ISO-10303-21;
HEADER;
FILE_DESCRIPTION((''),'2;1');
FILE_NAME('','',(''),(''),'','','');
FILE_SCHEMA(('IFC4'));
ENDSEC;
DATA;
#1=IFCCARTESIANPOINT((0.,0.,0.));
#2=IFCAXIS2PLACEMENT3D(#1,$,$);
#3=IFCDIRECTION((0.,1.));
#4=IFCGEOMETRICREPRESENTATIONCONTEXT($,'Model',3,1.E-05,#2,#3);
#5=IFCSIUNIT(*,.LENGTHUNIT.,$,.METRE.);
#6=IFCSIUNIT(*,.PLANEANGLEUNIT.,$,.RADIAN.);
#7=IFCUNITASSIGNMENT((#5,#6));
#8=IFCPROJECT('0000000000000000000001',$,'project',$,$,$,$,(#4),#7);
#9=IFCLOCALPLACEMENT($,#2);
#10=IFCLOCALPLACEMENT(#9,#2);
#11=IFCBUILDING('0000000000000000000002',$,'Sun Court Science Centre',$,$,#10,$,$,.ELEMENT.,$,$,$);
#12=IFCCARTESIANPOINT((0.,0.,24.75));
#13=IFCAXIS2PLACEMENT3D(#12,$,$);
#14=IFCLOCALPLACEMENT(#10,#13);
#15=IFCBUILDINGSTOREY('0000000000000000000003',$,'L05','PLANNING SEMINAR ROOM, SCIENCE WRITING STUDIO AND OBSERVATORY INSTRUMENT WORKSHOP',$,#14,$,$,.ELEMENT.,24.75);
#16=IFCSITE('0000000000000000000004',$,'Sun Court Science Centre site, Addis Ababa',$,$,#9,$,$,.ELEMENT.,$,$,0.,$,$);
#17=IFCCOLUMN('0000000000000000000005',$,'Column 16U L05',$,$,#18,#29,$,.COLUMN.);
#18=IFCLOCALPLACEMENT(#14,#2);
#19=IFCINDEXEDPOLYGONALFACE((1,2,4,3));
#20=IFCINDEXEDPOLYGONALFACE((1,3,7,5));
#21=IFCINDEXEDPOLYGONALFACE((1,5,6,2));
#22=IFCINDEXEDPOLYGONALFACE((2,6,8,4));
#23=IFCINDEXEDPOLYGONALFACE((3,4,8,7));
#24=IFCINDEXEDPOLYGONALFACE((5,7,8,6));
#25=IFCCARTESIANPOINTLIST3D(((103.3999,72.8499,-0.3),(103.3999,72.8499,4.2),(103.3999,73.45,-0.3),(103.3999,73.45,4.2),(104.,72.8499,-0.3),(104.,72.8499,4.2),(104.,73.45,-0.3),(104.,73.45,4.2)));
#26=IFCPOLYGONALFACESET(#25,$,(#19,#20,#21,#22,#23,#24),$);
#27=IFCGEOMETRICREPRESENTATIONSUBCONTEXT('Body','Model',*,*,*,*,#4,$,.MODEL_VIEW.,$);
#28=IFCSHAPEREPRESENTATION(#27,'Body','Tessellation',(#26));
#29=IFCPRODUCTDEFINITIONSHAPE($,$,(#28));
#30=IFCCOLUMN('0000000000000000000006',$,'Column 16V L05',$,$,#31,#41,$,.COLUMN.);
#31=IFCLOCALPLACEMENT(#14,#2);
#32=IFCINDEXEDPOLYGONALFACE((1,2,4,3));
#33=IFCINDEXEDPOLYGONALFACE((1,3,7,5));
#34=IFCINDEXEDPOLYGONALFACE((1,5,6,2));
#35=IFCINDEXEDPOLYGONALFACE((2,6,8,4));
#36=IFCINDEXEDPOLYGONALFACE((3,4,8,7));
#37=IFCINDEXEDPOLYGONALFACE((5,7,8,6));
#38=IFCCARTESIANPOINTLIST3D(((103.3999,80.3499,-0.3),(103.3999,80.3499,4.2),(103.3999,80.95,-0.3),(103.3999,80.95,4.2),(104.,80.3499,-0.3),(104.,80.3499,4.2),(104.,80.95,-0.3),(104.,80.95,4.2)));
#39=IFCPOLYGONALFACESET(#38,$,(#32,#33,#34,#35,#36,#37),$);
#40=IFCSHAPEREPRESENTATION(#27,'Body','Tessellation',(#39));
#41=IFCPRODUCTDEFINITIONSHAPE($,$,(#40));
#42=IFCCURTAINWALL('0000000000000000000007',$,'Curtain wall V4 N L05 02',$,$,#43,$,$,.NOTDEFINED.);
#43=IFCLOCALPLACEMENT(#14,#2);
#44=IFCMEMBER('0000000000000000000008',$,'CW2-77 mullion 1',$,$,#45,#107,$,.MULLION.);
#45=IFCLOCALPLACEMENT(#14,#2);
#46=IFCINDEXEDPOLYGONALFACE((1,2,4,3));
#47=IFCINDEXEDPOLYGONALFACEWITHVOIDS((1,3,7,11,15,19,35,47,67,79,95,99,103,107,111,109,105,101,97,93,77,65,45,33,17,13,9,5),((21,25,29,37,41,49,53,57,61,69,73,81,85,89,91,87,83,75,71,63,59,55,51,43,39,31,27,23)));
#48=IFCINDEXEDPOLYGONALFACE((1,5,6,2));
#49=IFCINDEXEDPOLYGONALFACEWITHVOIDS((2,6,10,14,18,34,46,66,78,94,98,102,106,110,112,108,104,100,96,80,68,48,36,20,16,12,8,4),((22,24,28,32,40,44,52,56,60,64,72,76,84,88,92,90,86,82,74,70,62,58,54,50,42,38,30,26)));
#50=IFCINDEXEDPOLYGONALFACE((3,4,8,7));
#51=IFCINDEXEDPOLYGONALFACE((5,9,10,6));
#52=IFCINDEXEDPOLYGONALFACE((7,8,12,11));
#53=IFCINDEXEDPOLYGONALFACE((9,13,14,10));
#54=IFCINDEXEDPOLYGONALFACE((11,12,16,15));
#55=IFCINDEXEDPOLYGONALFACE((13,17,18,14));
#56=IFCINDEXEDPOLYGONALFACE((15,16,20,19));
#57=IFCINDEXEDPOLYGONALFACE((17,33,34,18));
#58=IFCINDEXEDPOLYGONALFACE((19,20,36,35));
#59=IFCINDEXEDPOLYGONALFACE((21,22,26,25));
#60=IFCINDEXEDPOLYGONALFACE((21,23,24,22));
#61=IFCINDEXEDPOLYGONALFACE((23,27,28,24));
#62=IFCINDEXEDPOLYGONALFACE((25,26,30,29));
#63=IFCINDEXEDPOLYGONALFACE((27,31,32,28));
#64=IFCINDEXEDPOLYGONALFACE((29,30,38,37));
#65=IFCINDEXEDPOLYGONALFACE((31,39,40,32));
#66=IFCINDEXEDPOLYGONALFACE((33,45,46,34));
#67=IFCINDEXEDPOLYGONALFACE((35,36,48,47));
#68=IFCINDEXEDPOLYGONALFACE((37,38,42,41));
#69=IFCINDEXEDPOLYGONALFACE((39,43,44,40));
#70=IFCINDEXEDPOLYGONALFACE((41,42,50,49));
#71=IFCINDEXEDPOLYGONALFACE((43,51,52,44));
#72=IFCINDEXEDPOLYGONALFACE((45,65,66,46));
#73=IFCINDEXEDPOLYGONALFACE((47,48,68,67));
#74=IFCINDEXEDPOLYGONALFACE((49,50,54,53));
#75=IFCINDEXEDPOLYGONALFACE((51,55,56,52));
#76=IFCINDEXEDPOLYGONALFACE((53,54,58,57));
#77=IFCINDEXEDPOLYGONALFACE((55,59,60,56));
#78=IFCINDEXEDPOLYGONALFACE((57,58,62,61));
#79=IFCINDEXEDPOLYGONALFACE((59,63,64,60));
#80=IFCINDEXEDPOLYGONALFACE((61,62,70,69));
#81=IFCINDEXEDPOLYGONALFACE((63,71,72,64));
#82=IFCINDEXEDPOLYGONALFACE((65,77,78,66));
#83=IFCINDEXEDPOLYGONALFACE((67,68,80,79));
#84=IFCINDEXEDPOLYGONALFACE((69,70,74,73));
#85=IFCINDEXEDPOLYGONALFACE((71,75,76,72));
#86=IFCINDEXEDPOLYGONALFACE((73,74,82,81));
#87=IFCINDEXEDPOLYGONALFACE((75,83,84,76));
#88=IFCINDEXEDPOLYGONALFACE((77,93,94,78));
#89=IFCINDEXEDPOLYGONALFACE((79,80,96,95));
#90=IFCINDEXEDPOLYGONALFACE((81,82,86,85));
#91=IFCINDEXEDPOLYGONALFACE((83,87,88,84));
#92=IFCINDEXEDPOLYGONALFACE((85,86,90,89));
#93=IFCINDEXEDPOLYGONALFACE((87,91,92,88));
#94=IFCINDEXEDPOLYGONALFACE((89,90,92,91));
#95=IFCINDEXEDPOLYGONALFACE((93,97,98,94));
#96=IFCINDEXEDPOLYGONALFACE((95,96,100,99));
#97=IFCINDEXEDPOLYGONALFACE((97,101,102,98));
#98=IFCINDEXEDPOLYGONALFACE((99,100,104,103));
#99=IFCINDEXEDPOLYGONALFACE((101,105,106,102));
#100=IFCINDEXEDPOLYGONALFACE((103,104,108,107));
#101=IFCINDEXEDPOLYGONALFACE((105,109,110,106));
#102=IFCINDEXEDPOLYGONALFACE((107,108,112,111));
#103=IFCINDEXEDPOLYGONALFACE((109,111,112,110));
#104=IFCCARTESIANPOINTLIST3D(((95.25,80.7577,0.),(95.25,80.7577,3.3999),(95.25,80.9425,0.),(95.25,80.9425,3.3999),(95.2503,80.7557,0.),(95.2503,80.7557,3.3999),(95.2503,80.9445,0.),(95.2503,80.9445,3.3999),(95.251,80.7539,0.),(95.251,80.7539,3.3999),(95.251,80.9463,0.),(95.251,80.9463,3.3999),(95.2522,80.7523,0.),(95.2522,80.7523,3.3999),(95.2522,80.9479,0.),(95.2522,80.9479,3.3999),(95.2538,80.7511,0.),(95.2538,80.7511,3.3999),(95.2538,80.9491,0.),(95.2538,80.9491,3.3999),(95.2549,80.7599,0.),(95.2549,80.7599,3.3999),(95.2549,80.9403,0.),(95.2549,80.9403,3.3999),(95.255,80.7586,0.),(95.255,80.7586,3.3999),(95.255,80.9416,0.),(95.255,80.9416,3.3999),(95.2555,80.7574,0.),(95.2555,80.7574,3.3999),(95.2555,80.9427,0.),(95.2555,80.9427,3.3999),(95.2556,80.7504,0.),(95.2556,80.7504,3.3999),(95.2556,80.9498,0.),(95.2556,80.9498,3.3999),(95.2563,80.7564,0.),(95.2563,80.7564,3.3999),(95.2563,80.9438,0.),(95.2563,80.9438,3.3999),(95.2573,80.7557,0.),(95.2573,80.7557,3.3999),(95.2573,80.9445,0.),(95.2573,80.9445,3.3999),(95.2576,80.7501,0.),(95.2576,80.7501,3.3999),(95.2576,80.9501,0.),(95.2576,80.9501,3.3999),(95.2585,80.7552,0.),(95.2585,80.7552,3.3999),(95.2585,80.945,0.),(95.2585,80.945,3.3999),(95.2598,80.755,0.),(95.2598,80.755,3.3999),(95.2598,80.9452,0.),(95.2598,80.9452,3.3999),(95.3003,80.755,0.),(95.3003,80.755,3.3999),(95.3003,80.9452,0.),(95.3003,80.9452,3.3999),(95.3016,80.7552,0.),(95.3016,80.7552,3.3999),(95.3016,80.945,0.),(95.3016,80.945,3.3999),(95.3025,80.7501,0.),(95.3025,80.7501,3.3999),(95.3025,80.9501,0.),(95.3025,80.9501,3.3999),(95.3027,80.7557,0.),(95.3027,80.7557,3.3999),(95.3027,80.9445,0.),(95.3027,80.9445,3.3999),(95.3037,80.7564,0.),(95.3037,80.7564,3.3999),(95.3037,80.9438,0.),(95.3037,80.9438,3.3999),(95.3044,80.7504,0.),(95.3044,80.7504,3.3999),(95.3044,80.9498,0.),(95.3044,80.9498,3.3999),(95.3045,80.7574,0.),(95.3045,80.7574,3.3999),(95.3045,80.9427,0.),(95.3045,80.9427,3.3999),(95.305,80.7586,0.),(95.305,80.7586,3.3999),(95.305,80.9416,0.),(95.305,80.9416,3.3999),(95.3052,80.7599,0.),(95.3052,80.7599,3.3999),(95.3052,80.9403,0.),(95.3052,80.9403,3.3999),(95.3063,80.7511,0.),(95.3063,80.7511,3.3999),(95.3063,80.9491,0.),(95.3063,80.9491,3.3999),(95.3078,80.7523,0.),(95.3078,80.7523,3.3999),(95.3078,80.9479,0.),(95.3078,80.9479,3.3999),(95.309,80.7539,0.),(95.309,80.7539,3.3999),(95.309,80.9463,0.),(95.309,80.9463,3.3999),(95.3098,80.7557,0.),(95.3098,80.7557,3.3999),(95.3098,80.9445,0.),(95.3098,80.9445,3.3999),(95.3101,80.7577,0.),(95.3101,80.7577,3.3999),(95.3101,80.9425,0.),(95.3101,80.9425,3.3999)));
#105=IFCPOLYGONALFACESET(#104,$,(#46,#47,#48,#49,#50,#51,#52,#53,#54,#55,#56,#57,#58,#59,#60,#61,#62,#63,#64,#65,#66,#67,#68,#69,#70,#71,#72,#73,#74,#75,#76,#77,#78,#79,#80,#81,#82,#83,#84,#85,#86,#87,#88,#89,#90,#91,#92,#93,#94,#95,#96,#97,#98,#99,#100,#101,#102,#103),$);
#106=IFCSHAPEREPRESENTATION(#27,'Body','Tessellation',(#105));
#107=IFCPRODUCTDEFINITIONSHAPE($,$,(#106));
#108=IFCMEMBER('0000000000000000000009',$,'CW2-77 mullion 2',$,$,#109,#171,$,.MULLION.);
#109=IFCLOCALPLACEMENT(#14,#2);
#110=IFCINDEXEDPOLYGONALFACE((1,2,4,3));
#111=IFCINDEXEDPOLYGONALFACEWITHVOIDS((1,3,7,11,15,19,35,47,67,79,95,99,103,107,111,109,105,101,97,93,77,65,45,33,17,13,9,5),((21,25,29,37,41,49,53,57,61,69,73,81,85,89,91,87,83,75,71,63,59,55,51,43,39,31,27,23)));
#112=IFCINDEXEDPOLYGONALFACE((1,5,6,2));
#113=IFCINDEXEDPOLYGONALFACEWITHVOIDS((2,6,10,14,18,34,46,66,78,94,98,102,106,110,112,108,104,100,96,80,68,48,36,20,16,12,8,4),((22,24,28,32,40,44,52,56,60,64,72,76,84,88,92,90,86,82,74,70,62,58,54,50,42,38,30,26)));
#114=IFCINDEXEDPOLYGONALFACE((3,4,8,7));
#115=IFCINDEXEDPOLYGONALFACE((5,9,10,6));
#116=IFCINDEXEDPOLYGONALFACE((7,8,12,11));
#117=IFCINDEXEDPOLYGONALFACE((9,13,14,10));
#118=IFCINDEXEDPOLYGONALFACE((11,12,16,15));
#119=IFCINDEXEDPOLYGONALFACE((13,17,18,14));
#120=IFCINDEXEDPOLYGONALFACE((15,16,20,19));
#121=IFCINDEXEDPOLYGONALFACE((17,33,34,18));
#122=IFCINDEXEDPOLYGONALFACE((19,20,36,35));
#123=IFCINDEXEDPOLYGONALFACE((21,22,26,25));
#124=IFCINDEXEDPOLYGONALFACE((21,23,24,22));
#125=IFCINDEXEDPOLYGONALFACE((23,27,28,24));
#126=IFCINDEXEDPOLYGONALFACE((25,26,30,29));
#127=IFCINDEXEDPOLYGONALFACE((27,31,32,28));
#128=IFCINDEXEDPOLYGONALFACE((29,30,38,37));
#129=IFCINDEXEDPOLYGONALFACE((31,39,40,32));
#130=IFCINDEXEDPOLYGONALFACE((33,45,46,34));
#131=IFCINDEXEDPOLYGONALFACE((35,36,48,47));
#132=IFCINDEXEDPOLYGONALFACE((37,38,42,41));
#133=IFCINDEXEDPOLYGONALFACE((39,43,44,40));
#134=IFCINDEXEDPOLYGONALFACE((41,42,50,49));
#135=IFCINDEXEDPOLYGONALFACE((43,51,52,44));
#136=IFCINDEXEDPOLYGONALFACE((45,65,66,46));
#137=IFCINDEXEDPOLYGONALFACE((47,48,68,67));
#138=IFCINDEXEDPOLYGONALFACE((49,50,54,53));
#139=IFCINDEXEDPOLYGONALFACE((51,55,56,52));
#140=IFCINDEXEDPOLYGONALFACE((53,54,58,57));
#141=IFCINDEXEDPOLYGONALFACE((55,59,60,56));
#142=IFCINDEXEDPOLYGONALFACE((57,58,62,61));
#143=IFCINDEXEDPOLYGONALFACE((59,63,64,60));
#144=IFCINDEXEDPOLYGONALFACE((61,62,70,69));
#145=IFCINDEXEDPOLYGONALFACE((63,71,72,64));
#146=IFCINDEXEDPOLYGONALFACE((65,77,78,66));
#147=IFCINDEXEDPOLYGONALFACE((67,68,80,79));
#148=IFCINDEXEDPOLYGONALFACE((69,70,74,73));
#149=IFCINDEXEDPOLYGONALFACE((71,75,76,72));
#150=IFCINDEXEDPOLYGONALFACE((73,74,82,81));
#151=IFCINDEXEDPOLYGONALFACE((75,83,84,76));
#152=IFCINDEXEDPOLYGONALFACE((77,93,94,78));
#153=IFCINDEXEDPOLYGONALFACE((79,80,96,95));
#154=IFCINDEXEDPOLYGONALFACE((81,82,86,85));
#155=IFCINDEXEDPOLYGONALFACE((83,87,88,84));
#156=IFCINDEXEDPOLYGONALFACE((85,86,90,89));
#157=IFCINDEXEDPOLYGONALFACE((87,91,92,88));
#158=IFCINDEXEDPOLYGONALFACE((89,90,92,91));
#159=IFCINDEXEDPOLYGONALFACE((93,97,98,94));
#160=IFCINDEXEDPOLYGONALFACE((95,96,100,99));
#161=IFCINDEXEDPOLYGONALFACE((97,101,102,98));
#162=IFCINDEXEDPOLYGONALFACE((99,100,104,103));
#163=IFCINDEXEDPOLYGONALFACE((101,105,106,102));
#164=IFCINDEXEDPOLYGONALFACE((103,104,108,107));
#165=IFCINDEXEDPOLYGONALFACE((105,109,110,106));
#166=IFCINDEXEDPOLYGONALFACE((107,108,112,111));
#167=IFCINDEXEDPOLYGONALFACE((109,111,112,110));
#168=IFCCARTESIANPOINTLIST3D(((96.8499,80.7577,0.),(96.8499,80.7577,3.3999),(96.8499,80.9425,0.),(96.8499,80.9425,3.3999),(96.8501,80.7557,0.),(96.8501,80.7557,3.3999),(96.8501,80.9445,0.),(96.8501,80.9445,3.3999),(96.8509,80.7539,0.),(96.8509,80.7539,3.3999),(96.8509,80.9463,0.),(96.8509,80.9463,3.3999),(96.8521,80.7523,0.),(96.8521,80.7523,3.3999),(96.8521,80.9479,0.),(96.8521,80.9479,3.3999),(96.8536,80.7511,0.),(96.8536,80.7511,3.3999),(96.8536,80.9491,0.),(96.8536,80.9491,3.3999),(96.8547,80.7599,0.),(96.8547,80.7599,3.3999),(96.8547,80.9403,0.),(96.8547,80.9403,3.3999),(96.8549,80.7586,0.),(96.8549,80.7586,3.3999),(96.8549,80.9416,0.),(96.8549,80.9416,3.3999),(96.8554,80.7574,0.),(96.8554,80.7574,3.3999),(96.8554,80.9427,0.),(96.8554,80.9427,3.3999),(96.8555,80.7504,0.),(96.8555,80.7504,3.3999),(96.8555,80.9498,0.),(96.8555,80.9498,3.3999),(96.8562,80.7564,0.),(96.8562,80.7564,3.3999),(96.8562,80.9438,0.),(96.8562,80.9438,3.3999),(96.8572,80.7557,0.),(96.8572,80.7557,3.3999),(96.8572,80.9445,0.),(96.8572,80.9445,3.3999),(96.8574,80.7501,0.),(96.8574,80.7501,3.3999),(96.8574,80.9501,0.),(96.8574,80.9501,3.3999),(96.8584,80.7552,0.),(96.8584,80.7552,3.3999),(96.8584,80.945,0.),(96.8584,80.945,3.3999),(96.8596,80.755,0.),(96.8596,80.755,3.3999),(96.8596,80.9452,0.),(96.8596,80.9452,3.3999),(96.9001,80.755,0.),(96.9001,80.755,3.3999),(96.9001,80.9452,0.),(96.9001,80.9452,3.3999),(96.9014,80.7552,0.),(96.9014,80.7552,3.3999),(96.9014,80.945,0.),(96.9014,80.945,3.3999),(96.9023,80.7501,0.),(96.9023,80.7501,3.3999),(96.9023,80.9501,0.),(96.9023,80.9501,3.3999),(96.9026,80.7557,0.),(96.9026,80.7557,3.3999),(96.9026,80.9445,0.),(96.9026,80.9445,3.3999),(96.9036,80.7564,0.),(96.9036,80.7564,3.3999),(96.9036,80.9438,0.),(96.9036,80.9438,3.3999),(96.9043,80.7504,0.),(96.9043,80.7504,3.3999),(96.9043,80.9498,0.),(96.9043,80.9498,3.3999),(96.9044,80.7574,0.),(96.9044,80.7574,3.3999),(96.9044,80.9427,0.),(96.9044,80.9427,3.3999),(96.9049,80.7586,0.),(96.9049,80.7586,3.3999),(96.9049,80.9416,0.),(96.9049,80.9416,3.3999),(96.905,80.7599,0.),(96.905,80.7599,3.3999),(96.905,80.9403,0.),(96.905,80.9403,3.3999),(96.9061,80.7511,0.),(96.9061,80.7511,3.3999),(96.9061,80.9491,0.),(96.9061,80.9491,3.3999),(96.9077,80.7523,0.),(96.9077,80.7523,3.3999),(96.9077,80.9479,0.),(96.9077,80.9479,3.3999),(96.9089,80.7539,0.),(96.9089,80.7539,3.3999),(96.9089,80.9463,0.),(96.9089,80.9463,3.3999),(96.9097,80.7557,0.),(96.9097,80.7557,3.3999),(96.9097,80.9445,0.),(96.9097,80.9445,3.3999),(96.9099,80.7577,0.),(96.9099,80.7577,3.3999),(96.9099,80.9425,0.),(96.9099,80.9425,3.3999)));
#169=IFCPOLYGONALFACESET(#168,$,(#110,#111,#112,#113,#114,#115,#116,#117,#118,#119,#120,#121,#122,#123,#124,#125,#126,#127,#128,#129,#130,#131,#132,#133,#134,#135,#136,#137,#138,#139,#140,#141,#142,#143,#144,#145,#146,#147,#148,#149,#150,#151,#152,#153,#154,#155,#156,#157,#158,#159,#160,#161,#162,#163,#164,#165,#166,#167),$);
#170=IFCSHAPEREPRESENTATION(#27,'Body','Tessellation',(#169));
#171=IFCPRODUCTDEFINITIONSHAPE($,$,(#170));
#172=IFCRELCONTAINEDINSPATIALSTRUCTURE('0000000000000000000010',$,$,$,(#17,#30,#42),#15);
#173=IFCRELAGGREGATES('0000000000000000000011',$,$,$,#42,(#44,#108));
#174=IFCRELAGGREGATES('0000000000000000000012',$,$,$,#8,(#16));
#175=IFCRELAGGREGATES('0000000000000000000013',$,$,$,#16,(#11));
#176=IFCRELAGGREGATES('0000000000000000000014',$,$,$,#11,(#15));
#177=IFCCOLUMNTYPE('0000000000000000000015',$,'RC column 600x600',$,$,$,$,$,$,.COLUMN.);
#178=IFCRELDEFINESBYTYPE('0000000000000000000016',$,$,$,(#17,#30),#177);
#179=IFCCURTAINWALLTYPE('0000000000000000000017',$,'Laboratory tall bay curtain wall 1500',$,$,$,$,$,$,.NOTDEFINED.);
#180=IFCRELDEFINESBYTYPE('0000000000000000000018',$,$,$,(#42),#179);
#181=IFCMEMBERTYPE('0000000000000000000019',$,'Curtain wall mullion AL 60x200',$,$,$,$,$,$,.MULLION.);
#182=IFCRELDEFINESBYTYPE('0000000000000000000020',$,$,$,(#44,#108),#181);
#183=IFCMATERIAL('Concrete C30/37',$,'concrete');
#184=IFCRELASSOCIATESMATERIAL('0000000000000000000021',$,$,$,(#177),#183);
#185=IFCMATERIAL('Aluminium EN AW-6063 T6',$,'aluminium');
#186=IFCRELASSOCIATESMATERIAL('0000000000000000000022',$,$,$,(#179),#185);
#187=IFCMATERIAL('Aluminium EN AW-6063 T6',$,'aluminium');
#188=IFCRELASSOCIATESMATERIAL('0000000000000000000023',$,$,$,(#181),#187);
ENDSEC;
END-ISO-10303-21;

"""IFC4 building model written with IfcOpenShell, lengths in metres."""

from ifc_helpers import new_model, si_unit, direction, frame, origin, origin_2d, place, context, subcontext, project, spatial, rectangle, hollow_rectangle, extrude, material, material_profile, profile_set, type_object, element, aggregate, save


model = new_model("IFC4")

# Units and contexts
model_context = context("Model", 3, precision=1e-05, world=origin(), true_north=direction((0.0, 1.0)))
body_context = subcontext(model_context, "Body", "Model", "MODEL_VIEW")
ifc_project = project(units=[si_unit("LENGTHUNIT", "METRE"), si_unit("PLANEANGLEUNIT", "RADIAN")], contexts=[model_context])

# Site, building, storey
site_placement = place(None, origin())
site = spatial("IfcSite", under=ifc_project, at=site_placement, Name="Sun Court Science Centre site, Addis Ababa", CompositionType="ELEMENT", RefElevation=0.0)
building_placement = place(site_placement, origin())
building = spatial("IfcBuilding", under=site, at=building_placement, Name="Sun Court Science Centre", CompositionType="ELEMENT")
storey_placement = place(building_placement, frame((0.0, 0.0, 24.75)))
storey = spatial("IfcBuildingStorey", under=building, at=storey_placement, Name="L05", Description="PLANNING SEMINAR ROOM, SCIENCE WRITING STUDIO AND OBSERVATORY INSTRUMENT WORKSHOP", CompositionType="ELEMENT", Elevation=24.75)

# Columns
ifc_material_1 = material(Name="Concrete C30/37", Category="concrete")
ifc_material_profile_1 = material_profile(ifc_material_1, rectangle(XDim=0.6001, YDim=0.6001, at=origin_2d()), Name="RC 600x600")
ifc_profile_set_1 = profile_set([ifc_material_profile_1], Name="Concrete C30/37")
column_type = type_object("IfcColumnType", Name="RC column 600x600", PredefinedType="COLUMN", material=ifc_profile_set_1)
for number, where, z_axis, x_axis, name in (
    (1, (103.7, 73.1499, -0.3), (0.0, 0.0, 1.0), (1.0, 0.0, 0.0), "Column 16U L05"),
    (2, (103.7, 80.6499, -0.3), (0.0, 0.0, 1.0), (1.0, 0.0, 0.0), "Column 16V L05"),
):
    element("IfcColumn", number, at=place(storey_placement, frame(where, z_axis=z_axis, x_axis=x_axis)), inside=storey, type_object=column_type, Name=name, PredefinedType="COLUMN", context=body_context, shape_type="SweptSolid", body=[
        extrude(rectangle(XDim=0.6001, YDim=0.6001, at=origin_2d()), origin(), (0.0, 0.0, 1.0), 4.5),
    ])

# Curtain wall, members
ifc_material_2 = material(Name="Aluminium EN AW-6063 T6", Category="aluminium")
curtain_wall_type = type_object("IfcCurtainWallType", Name="Laboratory tall bay curtain wall 1500", PredefinedType="NOTDEFINED", material=ifc_material_2)
curtain_wall_placement = place(storey_placement, origin())
curtain_wall = element("IfcCurtainWall", 3, at=curtain_wall_placement, inside=storey, type_object=curtain_wall_type, Name="Curtain wall V4 N L05 02", PredefinedType="NOTDEFINED")
ifc_material_3 = material(Name="Aluminium EN AW-6063 T6", Category="aluminium")
ifc_material_profile_2 = material_profile(ifc_material_3, hollow_rectangle(XDim=0.0601, YDim=0.2, WallThickness=0.0049, InnerFilletRadius=0.0049, OuterFilletRadius=0.0076, at=origin_2d()), Name="AL 60x200x5")
ifc_profile_set_2 = profile_set([ifc_material_profile_2], Name="Aluminium EN AW-6063 T6")
member_type_1 = type_object("IfcMemberType", Name="Curtain wall mullion AL 60x200", PredefinedType="MULLION", material=ifc_profile_set_2)
member_1_placement = place(storey_placement, frame((95.28, 80.8501, 0.0), z_axis=(0.0, 0.0, 1.0), x_axis=(1.0, 0.0, 0.0)))
member_1 = element("IfcMember", 4, at=member_1_placement, type_object=member_type_1, Name="CW2-77 mullion 1", PredefinedType="MULLION", context=body_context, shape_type="SweptSolid", body=[
    extrude(hollow_rectangle(XDim=0.0601, YDim=0.2, WallThickness=0.0049, InnerFilletRadius=0.0049, OuterFilletRadius=0.0076, at=origin_2d()), origin(), (0.0, 0.0, 1.0), 3.3999),
])
member_2_placement = place(storey_placement, frame((96.8799, 80.8501, 0.0), z_axis=(0.0, 0.0, 1.0), x_axis=(1.0, 0.0, 0.0)))
member_2 = element("IfcMember", 5, at=member_2_placement, type_object=member_type_1, Name="CW2-77 mullion 2", PredefinedType="MULLION", context=body_context, shape_type="SweptSolid", body=[
    extrude(hollow_rectangle(XDim=0.0601, YDim=0.2, WallThickness=0.0049, InnerFilletRadius=0.0049, OuterFilletRadius=0.0076, at=origin_2d()), origin(), (0.0, 0.0, 1.0), 3.3999),
])

aggregate(curtain_wall, [member_1, member_2])

save(model, "model.ifc")
